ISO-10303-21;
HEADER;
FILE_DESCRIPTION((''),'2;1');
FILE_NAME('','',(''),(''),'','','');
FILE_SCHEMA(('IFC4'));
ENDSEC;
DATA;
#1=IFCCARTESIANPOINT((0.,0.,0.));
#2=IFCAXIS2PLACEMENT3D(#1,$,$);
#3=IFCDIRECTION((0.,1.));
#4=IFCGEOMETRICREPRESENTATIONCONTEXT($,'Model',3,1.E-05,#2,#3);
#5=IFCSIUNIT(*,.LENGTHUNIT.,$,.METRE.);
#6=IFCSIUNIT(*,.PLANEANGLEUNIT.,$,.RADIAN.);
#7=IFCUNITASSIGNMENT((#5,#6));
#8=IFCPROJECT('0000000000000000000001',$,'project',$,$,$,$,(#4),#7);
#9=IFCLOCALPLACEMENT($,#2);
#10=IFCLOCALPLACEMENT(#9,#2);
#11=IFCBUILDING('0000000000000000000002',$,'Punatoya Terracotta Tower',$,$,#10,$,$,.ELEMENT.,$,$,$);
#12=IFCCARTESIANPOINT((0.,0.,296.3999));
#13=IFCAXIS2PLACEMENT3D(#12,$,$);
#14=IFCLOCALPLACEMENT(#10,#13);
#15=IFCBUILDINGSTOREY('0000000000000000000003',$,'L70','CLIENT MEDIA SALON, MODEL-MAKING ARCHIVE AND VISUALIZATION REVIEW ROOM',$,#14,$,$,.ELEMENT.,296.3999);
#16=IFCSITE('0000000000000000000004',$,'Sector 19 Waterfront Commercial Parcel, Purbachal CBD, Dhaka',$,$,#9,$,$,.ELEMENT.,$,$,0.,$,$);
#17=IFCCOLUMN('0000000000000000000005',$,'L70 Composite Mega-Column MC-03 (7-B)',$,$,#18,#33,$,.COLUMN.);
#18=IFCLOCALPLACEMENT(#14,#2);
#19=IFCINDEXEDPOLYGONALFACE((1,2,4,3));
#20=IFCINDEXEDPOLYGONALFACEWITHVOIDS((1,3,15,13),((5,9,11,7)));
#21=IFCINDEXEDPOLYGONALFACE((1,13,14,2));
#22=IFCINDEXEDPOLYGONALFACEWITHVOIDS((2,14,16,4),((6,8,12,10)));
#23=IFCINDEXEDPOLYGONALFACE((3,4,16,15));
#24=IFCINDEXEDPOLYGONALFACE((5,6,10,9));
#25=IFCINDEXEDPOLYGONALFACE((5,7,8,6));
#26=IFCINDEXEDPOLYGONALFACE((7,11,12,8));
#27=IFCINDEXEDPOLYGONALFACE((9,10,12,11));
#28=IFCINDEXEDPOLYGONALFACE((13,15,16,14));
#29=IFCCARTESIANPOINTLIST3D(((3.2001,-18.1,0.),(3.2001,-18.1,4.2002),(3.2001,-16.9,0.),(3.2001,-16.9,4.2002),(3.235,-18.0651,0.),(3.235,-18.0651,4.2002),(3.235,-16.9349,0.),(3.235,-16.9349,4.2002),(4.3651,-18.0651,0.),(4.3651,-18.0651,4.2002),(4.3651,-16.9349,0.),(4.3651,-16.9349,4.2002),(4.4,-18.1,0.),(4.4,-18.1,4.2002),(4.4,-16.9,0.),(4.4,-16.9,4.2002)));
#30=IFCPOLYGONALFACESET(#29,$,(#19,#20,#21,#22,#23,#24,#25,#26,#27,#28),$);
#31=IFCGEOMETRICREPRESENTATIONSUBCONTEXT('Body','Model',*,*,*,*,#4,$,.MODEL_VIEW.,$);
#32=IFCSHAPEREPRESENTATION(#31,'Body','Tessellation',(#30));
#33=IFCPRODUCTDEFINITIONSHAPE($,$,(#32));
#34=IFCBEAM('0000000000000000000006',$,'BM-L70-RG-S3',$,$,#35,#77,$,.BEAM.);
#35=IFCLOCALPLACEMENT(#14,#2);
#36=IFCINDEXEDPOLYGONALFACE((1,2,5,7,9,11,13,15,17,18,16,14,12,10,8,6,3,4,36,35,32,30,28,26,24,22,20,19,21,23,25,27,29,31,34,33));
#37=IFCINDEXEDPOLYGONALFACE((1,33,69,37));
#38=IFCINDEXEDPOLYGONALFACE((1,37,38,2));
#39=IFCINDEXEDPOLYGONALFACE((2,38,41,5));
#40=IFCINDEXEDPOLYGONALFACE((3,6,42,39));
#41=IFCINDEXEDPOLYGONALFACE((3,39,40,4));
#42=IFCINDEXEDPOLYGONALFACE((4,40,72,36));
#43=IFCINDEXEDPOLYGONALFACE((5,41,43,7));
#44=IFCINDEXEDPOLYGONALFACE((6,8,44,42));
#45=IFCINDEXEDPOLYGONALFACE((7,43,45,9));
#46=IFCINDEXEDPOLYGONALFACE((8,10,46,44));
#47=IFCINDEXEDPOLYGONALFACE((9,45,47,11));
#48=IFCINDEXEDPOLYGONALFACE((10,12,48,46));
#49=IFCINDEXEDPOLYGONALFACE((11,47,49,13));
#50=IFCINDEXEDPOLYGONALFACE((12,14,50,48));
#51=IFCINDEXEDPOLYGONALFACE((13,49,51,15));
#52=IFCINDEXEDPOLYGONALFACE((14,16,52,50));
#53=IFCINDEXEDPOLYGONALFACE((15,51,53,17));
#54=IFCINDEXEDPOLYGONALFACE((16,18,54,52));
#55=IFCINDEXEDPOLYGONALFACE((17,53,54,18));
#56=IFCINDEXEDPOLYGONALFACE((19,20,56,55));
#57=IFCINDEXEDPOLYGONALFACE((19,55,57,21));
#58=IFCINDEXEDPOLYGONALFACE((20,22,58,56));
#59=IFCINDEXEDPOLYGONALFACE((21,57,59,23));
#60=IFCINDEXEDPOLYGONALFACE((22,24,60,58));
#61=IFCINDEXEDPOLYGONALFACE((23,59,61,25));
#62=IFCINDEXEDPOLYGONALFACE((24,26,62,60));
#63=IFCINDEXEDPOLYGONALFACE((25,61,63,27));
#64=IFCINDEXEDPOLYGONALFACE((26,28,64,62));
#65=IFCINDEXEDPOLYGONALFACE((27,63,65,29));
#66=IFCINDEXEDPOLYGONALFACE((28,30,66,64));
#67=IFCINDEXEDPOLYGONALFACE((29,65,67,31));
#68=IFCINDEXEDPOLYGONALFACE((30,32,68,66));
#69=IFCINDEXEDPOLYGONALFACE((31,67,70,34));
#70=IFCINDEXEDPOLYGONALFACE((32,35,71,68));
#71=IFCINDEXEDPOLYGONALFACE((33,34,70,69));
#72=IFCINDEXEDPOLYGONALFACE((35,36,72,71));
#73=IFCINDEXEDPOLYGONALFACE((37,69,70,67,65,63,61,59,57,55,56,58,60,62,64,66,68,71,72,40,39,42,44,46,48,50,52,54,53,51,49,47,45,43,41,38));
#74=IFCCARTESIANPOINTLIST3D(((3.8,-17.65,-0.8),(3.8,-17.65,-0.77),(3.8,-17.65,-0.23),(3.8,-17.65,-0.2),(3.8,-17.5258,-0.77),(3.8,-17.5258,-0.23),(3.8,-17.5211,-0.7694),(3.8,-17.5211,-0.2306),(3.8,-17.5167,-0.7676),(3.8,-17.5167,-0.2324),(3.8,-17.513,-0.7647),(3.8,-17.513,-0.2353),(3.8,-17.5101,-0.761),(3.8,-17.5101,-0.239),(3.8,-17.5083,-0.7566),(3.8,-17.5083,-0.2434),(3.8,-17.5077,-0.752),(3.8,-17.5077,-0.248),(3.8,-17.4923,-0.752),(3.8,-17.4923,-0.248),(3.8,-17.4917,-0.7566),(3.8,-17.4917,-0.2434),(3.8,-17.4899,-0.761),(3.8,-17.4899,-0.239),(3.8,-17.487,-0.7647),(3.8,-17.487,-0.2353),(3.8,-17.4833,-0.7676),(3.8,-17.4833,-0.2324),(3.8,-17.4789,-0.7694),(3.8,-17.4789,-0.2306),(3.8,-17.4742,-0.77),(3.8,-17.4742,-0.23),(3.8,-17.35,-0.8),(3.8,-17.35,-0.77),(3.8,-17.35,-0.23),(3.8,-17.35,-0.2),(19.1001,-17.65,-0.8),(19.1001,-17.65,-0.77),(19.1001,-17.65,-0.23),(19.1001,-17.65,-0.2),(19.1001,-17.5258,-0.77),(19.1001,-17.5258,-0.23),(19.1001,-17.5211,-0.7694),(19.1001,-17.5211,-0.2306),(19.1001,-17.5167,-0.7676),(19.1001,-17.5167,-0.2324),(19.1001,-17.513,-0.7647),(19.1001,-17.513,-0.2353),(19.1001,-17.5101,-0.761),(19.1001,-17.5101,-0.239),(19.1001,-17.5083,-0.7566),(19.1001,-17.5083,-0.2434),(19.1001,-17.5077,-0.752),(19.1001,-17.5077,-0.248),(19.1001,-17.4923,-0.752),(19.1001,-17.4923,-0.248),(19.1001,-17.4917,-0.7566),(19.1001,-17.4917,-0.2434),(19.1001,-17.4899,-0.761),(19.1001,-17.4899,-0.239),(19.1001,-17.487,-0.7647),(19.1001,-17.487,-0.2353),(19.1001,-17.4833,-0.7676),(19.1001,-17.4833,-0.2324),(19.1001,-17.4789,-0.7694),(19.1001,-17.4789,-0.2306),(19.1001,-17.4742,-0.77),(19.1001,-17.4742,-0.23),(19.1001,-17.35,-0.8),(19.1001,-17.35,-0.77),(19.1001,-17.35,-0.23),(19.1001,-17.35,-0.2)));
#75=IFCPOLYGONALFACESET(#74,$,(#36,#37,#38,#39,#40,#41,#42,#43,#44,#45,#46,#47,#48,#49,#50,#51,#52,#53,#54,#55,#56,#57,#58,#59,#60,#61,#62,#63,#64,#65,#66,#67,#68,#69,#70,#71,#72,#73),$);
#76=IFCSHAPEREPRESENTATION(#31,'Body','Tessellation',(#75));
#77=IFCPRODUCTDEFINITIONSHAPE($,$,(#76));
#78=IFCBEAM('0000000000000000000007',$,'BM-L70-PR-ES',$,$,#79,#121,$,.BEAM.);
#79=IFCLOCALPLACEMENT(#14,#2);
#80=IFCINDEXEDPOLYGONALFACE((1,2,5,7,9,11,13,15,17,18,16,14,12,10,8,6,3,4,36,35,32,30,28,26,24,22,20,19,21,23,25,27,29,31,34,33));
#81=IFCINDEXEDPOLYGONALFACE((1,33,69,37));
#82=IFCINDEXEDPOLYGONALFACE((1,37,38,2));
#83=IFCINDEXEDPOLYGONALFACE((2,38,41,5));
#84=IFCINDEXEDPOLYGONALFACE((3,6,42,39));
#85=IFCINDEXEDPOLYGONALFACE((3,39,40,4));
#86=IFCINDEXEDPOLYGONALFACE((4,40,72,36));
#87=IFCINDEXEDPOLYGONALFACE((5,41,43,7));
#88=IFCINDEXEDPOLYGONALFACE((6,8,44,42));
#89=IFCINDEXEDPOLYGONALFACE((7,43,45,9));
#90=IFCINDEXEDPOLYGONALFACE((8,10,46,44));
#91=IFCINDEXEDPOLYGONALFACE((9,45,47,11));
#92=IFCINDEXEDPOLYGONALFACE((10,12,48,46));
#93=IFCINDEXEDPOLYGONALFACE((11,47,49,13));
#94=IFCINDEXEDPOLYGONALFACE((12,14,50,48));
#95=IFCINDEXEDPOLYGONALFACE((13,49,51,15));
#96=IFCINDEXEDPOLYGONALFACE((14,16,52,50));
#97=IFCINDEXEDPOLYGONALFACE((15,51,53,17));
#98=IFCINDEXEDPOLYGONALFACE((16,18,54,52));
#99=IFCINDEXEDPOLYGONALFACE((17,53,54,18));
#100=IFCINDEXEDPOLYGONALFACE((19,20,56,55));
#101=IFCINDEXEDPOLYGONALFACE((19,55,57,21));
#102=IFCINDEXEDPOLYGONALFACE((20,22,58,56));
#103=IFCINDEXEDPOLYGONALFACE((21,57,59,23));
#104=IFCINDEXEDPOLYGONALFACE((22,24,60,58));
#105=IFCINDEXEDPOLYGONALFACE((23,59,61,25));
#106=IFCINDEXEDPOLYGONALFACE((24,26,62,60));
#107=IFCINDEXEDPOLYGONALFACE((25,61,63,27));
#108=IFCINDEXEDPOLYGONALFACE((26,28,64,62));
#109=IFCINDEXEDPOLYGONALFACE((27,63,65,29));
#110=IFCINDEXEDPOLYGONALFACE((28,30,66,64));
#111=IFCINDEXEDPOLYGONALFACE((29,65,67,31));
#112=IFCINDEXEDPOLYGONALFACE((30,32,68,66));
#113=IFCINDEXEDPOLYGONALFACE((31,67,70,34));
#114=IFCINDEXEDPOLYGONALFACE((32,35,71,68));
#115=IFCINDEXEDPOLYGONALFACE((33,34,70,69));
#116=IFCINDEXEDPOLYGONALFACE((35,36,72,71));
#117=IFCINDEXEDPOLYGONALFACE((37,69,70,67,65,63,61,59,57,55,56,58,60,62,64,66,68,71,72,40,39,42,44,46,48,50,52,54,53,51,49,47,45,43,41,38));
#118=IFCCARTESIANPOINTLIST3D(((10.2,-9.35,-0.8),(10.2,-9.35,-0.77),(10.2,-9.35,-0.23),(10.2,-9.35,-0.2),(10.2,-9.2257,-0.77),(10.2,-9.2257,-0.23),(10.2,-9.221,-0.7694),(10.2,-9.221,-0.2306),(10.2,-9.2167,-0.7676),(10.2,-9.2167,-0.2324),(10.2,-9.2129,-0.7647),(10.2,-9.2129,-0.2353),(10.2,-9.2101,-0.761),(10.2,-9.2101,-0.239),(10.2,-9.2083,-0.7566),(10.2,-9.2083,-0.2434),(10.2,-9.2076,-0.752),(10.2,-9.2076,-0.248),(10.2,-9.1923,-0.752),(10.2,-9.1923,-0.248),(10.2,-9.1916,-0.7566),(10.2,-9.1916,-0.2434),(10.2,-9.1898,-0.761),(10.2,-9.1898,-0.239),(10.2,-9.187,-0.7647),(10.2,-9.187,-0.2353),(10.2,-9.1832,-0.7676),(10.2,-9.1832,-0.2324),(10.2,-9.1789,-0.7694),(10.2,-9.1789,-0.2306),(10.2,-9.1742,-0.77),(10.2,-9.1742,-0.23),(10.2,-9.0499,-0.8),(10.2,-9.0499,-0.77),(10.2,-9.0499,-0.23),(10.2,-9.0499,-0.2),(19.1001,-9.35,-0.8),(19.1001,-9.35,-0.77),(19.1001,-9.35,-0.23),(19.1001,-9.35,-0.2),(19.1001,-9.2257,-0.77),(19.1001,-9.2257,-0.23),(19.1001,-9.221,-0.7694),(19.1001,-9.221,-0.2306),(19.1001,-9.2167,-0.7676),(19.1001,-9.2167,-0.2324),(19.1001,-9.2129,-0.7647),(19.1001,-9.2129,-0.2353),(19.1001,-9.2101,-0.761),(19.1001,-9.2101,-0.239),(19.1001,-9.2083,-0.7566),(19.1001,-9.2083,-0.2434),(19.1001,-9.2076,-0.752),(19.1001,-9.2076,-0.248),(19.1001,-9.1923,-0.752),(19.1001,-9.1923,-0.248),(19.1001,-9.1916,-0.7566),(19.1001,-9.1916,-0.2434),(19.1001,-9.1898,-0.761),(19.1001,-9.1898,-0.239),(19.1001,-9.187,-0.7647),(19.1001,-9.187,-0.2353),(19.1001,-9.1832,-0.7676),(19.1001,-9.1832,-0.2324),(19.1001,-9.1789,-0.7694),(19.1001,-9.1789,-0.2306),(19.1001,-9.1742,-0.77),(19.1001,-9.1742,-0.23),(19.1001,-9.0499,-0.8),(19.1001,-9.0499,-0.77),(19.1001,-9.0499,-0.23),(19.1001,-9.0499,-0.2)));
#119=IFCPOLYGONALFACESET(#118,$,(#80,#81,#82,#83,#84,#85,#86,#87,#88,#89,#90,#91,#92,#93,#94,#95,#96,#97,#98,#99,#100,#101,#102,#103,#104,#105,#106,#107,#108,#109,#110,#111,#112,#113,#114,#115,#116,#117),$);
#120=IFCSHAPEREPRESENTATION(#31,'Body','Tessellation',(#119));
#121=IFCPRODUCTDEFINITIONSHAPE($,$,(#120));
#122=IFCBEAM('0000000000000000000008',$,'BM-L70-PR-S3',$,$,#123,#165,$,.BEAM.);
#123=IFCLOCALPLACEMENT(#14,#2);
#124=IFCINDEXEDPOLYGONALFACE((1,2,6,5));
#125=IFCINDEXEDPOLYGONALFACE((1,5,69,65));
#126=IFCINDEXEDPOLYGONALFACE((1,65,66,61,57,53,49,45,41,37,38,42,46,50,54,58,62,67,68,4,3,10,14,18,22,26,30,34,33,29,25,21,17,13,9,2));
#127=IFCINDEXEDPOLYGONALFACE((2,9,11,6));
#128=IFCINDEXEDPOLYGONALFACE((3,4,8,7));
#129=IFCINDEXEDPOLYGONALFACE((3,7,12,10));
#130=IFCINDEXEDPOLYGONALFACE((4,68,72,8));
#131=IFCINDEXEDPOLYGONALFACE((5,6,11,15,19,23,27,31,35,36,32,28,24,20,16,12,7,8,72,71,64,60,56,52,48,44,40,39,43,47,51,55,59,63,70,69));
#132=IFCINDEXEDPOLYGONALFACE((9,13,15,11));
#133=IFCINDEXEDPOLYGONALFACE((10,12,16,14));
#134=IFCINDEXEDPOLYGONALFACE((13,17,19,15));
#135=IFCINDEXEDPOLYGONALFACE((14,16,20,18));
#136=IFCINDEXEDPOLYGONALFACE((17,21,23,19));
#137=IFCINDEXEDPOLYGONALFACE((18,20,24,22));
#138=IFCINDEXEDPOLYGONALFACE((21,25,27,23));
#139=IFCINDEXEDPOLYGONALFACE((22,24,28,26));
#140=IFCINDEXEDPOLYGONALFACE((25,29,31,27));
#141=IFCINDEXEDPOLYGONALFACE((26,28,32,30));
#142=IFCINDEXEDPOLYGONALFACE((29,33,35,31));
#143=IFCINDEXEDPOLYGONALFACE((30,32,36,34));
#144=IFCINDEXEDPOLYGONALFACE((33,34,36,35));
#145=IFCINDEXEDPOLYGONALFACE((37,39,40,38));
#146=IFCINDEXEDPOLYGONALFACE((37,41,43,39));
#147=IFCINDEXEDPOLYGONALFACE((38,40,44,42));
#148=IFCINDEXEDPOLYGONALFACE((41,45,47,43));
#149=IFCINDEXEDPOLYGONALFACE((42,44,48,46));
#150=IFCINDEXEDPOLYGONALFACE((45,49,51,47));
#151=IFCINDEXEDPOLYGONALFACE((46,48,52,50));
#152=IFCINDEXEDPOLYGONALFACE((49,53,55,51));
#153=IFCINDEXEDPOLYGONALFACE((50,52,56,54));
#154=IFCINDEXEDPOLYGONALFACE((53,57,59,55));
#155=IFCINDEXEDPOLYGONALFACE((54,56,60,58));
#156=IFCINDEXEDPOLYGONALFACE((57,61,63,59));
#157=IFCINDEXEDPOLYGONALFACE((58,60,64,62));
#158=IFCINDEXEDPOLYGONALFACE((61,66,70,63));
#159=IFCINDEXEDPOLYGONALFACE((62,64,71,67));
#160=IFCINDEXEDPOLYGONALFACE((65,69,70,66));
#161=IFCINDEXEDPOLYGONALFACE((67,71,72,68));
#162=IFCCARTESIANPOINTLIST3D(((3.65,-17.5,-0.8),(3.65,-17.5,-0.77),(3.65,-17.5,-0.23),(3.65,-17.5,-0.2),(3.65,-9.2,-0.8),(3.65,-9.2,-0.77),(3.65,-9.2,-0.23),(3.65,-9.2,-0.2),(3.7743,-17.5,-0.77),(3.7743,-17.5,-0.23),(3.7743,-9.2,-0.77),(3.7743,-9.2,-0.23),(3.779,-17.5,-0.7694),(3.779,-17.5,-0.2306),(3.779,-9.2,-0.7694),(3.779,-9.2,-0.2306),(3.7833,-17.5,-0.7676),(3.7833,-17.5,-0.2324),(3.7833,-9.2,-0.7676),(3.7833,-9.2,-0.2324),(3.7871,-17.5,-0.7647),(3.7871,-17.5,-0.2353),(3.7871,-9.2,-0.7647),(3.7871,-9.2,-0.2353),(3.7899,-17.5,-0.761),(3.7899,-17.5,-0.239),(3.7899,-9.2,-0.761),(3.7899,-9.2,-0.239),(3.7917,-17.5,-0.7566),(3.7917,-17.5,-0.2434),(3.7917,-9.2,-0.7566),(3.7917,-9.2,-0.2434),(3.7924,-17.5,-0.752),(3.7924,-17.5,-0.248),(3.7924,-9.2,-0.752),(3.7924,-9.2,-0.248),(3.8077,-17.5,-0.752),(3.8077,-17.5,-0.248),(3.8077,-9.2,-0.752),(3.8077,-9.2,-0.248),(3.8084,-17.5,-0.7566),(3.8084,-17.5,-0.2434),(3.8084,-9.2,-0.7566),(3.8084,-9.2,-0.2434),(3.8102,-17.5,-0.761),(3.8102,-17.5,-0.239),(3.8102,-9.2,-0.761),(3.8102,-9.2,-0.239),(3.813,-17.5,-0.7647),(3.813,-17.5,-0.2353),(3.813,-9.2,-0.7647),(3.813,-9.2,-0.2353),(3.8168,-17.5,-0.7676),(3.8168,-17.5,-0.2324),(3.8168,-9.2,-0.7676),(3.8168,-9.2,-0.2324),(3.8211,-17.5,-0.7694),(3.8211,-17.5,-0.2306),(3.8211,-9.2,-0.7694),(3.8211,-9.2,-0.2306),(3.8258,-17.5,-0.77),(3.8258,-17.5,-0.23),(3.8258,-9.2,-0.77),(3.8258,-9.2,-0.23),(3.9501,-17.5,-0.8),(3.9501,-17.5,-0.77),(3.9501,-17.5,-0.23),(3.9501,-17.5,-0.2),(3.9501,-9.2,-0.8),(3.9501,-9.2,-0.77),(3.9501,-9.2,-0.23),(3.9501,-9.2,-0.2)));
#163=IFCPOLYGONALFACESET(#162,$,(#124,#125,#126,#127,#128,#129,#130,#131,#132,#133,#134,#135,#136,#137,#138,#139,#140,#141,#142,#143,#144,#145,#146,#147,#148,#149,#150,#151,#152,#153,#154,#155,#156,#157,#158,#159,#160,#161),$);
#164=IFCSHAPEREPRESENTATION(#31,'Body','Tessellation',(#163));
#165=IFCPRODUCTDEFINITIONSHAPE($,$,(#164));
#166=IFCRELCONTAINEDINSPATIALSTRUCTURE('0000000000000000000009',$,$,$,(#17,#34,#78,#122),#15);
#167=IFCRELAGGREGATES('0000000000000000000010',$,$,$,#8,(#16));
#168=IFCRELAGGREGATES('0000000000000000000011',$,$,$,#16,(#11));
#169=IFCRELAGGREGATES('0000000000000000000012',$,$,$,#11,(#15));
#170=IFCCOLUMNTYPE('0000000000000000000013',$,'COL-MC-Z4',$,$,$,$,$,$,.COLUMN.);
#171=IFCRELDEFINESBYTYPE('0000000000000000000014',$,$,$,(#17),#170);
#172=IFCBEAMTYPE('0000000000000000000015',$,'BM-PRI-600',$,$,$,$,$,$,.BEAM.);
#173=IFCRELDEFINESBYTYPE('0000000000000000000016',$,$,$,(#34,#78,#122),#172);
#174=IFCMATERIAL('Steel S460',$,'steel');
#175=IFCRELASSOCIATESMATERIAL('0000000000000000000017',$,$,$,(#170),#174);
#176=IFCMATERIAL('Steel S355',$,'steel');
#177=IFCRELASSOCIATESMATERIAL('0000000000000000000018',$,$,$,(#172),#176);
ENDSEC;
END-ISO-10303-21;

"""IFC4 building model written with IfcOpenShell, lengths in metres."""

from ifc_helpers import new_model, si_unit, direction, frame, origin, origin_2d, place, context, subcontext, project, spatial, hollow_rectangle, i_section, extrude, material, material_profile, profile_set, type_object, element, save


model = new_model("IFC4")

# Units and contexts
model_context = context("Model", 3, precision=1e-05, world=origin(), true_north=direction((0.0, 1.0)))
body_context = subcontext(model_context, "Body", "Model", "MODEL_VIEW")
ifc_project = project(units=[si_unit("LENGTHUNIT", "METRE"), si_unit("PLANEANGLEUNIT", "RADIAN")], contexts=[model_context])

# Site, building, storey
site_placement = place(None, origin())
site = spatial("IfcSite", under=ifc_project, at=site_placement, Name="Sector 19 Waterfront Commercial Parcel, Purbachal CBD, Dhaka", CompositionType="ELEMENT", RefElevation=0.0)
building_placement = place(site_placement, origin())
building = spatial("IfcBuilding", under=site, at=building_placement, Name="Punatoya Terracotta Tower", CompositionType="ELEMENT")
storey_placement = place(building_placement, frame((0.0, 0.0, 296.3999)))
storey = spatial("IfcBuildingStorey", under=building, at=storey_placement, Name="L70", Description="CLIENT MEDIA SALON, MODEL-MAKING ARCHIVE AND VISUALIZATION REVIEW ROOM", CompositionType="ELEMENT", Elevation=296.3999)

# Column
ifc_material_1 = material(Name="Steel S460", Category="steel")
ifc_material_profile_1 = material_profile(ifc_material_1, hollow_rectangle(XDim=1.2, YDim=1.2, WallThickness=0.0349, at=origin_2d()))
ifc_profile_set_1 = profile_set([ifc_material_profile_1], Name="Steel S460")
column_type = type_object("IfcColumnType", Name="COL-MC-Z4", PredefinedType="COLUMN", material=ifc_profile_set_1)
column_placement = place(storey_placement, frame((3.8, -17.5, 0.0), z_axis=(0.0, 0.0, 1.0), x_axis=(1.0, 0.0, 0.0)))
element("IfcColumn", 1, at=column_placement, inside=storey, type_object=column_type, Name="L70 Composite Mega-Column MC-03 (7-B)", PredefinedType="COLUMN", context=body_context, shape_type="SweptSolid", body=[
    extrude(hollow_rectangle(XDim=1.2, YDim=1.2, WallThickness=0.0349, at=origin_2d()), origin(), (0.0, 0.0, 1.0), 4.2002),
])

# Beams
ifc_material_2 = material(Name="Steel S355", Category="steel")
ifc_material_profile_2 = material_profile(ifc_material_2, i_section(OverallWidth=0.3, OverallDepth=0.6001, WebThickness=0.0154, FlangeThickness=0.03, FilletRadius=0.0181, at=origin_2d()))
ifc_profile_set_2 = profile_set([ifc_material_profile_2], Name="Steel S355")
beam_type_1 = type_object("IfcBeamType", Name="BM-PRI-600", PredefinedType="BEAM", material=ifc_profile_set_2)
beam_1_placement = place(storey_placement, frame((3.8, -17.5, -0.5), z_axis=(1.0, 0.0, 0.0), x_axis=(0.0, 1.0, 0.0)))
element("IfcBeam", 2, at=beam_1_placement, inside=storey, type_object=beam_type_1, Name="BM-L70-RG-S3", PredefinedType="BEAM", context=body_context, shape_type="SweptSolid", body=[
    extrude(i_section(OverallWidth=0.3, OverallDepth=0.6001, WebThickness=0.0154, FlangeThickness=0.03, FilletRadius=0.0181, at=origin_2d()), origin(), (0.0, 0.0, 1.0), 15.3),
])
beam_2_placement = place(storey_placement, frame((10.2, -9.2, -0.5), z_axis=(1.0, 0.0, 0.0), x_axis=(0.0, 1.0, 0.0)))
element("IfcBeam", 3, at=beam_2_placement, inside=storey, type_object=beam_type_1, Name="BM-L70-PR-ES", PredefinedType="BEAM", context=body_context, shape_type="SweptSolid", body=[
    extrude(i_section(OverallWidth=0.3, OverallDepth=0.6001, WebThickness=0.0154, FlangeThickness=0.03, FilletRadius=0.0181, at=origin_2d()), origin(), (0.0, 0.0, 1.0), 8.9001),
])
for number, where, z_axis, x_axis, name in (
    (4, (3.8, -17.5, -0.5), (0.0, 1.0, 0.0), (-1.0, 0.0, 0.0), "BM-L70-PR-S3"),
):
    element("IfcBeam", number, at=place(storey_placement, frame(where, z_axis=z_axis, x_axis=x_axis)), inside=storey, type_object=beam_type_1, Name=name, PredefinedType="BEAM", context=body_context, shape_type="SweptSolid", body=[
        extrude(i_section(OverallWidth=0.3, OverallDepth=0.6001, WebThickness=0.0154, FlangeThickness=0.03, FilletRadius=0.0181, at=origin_2d()), origin(), (0.0, 0.0, 1.0), 8.3),
    ])

save(model, "model.ifc")
